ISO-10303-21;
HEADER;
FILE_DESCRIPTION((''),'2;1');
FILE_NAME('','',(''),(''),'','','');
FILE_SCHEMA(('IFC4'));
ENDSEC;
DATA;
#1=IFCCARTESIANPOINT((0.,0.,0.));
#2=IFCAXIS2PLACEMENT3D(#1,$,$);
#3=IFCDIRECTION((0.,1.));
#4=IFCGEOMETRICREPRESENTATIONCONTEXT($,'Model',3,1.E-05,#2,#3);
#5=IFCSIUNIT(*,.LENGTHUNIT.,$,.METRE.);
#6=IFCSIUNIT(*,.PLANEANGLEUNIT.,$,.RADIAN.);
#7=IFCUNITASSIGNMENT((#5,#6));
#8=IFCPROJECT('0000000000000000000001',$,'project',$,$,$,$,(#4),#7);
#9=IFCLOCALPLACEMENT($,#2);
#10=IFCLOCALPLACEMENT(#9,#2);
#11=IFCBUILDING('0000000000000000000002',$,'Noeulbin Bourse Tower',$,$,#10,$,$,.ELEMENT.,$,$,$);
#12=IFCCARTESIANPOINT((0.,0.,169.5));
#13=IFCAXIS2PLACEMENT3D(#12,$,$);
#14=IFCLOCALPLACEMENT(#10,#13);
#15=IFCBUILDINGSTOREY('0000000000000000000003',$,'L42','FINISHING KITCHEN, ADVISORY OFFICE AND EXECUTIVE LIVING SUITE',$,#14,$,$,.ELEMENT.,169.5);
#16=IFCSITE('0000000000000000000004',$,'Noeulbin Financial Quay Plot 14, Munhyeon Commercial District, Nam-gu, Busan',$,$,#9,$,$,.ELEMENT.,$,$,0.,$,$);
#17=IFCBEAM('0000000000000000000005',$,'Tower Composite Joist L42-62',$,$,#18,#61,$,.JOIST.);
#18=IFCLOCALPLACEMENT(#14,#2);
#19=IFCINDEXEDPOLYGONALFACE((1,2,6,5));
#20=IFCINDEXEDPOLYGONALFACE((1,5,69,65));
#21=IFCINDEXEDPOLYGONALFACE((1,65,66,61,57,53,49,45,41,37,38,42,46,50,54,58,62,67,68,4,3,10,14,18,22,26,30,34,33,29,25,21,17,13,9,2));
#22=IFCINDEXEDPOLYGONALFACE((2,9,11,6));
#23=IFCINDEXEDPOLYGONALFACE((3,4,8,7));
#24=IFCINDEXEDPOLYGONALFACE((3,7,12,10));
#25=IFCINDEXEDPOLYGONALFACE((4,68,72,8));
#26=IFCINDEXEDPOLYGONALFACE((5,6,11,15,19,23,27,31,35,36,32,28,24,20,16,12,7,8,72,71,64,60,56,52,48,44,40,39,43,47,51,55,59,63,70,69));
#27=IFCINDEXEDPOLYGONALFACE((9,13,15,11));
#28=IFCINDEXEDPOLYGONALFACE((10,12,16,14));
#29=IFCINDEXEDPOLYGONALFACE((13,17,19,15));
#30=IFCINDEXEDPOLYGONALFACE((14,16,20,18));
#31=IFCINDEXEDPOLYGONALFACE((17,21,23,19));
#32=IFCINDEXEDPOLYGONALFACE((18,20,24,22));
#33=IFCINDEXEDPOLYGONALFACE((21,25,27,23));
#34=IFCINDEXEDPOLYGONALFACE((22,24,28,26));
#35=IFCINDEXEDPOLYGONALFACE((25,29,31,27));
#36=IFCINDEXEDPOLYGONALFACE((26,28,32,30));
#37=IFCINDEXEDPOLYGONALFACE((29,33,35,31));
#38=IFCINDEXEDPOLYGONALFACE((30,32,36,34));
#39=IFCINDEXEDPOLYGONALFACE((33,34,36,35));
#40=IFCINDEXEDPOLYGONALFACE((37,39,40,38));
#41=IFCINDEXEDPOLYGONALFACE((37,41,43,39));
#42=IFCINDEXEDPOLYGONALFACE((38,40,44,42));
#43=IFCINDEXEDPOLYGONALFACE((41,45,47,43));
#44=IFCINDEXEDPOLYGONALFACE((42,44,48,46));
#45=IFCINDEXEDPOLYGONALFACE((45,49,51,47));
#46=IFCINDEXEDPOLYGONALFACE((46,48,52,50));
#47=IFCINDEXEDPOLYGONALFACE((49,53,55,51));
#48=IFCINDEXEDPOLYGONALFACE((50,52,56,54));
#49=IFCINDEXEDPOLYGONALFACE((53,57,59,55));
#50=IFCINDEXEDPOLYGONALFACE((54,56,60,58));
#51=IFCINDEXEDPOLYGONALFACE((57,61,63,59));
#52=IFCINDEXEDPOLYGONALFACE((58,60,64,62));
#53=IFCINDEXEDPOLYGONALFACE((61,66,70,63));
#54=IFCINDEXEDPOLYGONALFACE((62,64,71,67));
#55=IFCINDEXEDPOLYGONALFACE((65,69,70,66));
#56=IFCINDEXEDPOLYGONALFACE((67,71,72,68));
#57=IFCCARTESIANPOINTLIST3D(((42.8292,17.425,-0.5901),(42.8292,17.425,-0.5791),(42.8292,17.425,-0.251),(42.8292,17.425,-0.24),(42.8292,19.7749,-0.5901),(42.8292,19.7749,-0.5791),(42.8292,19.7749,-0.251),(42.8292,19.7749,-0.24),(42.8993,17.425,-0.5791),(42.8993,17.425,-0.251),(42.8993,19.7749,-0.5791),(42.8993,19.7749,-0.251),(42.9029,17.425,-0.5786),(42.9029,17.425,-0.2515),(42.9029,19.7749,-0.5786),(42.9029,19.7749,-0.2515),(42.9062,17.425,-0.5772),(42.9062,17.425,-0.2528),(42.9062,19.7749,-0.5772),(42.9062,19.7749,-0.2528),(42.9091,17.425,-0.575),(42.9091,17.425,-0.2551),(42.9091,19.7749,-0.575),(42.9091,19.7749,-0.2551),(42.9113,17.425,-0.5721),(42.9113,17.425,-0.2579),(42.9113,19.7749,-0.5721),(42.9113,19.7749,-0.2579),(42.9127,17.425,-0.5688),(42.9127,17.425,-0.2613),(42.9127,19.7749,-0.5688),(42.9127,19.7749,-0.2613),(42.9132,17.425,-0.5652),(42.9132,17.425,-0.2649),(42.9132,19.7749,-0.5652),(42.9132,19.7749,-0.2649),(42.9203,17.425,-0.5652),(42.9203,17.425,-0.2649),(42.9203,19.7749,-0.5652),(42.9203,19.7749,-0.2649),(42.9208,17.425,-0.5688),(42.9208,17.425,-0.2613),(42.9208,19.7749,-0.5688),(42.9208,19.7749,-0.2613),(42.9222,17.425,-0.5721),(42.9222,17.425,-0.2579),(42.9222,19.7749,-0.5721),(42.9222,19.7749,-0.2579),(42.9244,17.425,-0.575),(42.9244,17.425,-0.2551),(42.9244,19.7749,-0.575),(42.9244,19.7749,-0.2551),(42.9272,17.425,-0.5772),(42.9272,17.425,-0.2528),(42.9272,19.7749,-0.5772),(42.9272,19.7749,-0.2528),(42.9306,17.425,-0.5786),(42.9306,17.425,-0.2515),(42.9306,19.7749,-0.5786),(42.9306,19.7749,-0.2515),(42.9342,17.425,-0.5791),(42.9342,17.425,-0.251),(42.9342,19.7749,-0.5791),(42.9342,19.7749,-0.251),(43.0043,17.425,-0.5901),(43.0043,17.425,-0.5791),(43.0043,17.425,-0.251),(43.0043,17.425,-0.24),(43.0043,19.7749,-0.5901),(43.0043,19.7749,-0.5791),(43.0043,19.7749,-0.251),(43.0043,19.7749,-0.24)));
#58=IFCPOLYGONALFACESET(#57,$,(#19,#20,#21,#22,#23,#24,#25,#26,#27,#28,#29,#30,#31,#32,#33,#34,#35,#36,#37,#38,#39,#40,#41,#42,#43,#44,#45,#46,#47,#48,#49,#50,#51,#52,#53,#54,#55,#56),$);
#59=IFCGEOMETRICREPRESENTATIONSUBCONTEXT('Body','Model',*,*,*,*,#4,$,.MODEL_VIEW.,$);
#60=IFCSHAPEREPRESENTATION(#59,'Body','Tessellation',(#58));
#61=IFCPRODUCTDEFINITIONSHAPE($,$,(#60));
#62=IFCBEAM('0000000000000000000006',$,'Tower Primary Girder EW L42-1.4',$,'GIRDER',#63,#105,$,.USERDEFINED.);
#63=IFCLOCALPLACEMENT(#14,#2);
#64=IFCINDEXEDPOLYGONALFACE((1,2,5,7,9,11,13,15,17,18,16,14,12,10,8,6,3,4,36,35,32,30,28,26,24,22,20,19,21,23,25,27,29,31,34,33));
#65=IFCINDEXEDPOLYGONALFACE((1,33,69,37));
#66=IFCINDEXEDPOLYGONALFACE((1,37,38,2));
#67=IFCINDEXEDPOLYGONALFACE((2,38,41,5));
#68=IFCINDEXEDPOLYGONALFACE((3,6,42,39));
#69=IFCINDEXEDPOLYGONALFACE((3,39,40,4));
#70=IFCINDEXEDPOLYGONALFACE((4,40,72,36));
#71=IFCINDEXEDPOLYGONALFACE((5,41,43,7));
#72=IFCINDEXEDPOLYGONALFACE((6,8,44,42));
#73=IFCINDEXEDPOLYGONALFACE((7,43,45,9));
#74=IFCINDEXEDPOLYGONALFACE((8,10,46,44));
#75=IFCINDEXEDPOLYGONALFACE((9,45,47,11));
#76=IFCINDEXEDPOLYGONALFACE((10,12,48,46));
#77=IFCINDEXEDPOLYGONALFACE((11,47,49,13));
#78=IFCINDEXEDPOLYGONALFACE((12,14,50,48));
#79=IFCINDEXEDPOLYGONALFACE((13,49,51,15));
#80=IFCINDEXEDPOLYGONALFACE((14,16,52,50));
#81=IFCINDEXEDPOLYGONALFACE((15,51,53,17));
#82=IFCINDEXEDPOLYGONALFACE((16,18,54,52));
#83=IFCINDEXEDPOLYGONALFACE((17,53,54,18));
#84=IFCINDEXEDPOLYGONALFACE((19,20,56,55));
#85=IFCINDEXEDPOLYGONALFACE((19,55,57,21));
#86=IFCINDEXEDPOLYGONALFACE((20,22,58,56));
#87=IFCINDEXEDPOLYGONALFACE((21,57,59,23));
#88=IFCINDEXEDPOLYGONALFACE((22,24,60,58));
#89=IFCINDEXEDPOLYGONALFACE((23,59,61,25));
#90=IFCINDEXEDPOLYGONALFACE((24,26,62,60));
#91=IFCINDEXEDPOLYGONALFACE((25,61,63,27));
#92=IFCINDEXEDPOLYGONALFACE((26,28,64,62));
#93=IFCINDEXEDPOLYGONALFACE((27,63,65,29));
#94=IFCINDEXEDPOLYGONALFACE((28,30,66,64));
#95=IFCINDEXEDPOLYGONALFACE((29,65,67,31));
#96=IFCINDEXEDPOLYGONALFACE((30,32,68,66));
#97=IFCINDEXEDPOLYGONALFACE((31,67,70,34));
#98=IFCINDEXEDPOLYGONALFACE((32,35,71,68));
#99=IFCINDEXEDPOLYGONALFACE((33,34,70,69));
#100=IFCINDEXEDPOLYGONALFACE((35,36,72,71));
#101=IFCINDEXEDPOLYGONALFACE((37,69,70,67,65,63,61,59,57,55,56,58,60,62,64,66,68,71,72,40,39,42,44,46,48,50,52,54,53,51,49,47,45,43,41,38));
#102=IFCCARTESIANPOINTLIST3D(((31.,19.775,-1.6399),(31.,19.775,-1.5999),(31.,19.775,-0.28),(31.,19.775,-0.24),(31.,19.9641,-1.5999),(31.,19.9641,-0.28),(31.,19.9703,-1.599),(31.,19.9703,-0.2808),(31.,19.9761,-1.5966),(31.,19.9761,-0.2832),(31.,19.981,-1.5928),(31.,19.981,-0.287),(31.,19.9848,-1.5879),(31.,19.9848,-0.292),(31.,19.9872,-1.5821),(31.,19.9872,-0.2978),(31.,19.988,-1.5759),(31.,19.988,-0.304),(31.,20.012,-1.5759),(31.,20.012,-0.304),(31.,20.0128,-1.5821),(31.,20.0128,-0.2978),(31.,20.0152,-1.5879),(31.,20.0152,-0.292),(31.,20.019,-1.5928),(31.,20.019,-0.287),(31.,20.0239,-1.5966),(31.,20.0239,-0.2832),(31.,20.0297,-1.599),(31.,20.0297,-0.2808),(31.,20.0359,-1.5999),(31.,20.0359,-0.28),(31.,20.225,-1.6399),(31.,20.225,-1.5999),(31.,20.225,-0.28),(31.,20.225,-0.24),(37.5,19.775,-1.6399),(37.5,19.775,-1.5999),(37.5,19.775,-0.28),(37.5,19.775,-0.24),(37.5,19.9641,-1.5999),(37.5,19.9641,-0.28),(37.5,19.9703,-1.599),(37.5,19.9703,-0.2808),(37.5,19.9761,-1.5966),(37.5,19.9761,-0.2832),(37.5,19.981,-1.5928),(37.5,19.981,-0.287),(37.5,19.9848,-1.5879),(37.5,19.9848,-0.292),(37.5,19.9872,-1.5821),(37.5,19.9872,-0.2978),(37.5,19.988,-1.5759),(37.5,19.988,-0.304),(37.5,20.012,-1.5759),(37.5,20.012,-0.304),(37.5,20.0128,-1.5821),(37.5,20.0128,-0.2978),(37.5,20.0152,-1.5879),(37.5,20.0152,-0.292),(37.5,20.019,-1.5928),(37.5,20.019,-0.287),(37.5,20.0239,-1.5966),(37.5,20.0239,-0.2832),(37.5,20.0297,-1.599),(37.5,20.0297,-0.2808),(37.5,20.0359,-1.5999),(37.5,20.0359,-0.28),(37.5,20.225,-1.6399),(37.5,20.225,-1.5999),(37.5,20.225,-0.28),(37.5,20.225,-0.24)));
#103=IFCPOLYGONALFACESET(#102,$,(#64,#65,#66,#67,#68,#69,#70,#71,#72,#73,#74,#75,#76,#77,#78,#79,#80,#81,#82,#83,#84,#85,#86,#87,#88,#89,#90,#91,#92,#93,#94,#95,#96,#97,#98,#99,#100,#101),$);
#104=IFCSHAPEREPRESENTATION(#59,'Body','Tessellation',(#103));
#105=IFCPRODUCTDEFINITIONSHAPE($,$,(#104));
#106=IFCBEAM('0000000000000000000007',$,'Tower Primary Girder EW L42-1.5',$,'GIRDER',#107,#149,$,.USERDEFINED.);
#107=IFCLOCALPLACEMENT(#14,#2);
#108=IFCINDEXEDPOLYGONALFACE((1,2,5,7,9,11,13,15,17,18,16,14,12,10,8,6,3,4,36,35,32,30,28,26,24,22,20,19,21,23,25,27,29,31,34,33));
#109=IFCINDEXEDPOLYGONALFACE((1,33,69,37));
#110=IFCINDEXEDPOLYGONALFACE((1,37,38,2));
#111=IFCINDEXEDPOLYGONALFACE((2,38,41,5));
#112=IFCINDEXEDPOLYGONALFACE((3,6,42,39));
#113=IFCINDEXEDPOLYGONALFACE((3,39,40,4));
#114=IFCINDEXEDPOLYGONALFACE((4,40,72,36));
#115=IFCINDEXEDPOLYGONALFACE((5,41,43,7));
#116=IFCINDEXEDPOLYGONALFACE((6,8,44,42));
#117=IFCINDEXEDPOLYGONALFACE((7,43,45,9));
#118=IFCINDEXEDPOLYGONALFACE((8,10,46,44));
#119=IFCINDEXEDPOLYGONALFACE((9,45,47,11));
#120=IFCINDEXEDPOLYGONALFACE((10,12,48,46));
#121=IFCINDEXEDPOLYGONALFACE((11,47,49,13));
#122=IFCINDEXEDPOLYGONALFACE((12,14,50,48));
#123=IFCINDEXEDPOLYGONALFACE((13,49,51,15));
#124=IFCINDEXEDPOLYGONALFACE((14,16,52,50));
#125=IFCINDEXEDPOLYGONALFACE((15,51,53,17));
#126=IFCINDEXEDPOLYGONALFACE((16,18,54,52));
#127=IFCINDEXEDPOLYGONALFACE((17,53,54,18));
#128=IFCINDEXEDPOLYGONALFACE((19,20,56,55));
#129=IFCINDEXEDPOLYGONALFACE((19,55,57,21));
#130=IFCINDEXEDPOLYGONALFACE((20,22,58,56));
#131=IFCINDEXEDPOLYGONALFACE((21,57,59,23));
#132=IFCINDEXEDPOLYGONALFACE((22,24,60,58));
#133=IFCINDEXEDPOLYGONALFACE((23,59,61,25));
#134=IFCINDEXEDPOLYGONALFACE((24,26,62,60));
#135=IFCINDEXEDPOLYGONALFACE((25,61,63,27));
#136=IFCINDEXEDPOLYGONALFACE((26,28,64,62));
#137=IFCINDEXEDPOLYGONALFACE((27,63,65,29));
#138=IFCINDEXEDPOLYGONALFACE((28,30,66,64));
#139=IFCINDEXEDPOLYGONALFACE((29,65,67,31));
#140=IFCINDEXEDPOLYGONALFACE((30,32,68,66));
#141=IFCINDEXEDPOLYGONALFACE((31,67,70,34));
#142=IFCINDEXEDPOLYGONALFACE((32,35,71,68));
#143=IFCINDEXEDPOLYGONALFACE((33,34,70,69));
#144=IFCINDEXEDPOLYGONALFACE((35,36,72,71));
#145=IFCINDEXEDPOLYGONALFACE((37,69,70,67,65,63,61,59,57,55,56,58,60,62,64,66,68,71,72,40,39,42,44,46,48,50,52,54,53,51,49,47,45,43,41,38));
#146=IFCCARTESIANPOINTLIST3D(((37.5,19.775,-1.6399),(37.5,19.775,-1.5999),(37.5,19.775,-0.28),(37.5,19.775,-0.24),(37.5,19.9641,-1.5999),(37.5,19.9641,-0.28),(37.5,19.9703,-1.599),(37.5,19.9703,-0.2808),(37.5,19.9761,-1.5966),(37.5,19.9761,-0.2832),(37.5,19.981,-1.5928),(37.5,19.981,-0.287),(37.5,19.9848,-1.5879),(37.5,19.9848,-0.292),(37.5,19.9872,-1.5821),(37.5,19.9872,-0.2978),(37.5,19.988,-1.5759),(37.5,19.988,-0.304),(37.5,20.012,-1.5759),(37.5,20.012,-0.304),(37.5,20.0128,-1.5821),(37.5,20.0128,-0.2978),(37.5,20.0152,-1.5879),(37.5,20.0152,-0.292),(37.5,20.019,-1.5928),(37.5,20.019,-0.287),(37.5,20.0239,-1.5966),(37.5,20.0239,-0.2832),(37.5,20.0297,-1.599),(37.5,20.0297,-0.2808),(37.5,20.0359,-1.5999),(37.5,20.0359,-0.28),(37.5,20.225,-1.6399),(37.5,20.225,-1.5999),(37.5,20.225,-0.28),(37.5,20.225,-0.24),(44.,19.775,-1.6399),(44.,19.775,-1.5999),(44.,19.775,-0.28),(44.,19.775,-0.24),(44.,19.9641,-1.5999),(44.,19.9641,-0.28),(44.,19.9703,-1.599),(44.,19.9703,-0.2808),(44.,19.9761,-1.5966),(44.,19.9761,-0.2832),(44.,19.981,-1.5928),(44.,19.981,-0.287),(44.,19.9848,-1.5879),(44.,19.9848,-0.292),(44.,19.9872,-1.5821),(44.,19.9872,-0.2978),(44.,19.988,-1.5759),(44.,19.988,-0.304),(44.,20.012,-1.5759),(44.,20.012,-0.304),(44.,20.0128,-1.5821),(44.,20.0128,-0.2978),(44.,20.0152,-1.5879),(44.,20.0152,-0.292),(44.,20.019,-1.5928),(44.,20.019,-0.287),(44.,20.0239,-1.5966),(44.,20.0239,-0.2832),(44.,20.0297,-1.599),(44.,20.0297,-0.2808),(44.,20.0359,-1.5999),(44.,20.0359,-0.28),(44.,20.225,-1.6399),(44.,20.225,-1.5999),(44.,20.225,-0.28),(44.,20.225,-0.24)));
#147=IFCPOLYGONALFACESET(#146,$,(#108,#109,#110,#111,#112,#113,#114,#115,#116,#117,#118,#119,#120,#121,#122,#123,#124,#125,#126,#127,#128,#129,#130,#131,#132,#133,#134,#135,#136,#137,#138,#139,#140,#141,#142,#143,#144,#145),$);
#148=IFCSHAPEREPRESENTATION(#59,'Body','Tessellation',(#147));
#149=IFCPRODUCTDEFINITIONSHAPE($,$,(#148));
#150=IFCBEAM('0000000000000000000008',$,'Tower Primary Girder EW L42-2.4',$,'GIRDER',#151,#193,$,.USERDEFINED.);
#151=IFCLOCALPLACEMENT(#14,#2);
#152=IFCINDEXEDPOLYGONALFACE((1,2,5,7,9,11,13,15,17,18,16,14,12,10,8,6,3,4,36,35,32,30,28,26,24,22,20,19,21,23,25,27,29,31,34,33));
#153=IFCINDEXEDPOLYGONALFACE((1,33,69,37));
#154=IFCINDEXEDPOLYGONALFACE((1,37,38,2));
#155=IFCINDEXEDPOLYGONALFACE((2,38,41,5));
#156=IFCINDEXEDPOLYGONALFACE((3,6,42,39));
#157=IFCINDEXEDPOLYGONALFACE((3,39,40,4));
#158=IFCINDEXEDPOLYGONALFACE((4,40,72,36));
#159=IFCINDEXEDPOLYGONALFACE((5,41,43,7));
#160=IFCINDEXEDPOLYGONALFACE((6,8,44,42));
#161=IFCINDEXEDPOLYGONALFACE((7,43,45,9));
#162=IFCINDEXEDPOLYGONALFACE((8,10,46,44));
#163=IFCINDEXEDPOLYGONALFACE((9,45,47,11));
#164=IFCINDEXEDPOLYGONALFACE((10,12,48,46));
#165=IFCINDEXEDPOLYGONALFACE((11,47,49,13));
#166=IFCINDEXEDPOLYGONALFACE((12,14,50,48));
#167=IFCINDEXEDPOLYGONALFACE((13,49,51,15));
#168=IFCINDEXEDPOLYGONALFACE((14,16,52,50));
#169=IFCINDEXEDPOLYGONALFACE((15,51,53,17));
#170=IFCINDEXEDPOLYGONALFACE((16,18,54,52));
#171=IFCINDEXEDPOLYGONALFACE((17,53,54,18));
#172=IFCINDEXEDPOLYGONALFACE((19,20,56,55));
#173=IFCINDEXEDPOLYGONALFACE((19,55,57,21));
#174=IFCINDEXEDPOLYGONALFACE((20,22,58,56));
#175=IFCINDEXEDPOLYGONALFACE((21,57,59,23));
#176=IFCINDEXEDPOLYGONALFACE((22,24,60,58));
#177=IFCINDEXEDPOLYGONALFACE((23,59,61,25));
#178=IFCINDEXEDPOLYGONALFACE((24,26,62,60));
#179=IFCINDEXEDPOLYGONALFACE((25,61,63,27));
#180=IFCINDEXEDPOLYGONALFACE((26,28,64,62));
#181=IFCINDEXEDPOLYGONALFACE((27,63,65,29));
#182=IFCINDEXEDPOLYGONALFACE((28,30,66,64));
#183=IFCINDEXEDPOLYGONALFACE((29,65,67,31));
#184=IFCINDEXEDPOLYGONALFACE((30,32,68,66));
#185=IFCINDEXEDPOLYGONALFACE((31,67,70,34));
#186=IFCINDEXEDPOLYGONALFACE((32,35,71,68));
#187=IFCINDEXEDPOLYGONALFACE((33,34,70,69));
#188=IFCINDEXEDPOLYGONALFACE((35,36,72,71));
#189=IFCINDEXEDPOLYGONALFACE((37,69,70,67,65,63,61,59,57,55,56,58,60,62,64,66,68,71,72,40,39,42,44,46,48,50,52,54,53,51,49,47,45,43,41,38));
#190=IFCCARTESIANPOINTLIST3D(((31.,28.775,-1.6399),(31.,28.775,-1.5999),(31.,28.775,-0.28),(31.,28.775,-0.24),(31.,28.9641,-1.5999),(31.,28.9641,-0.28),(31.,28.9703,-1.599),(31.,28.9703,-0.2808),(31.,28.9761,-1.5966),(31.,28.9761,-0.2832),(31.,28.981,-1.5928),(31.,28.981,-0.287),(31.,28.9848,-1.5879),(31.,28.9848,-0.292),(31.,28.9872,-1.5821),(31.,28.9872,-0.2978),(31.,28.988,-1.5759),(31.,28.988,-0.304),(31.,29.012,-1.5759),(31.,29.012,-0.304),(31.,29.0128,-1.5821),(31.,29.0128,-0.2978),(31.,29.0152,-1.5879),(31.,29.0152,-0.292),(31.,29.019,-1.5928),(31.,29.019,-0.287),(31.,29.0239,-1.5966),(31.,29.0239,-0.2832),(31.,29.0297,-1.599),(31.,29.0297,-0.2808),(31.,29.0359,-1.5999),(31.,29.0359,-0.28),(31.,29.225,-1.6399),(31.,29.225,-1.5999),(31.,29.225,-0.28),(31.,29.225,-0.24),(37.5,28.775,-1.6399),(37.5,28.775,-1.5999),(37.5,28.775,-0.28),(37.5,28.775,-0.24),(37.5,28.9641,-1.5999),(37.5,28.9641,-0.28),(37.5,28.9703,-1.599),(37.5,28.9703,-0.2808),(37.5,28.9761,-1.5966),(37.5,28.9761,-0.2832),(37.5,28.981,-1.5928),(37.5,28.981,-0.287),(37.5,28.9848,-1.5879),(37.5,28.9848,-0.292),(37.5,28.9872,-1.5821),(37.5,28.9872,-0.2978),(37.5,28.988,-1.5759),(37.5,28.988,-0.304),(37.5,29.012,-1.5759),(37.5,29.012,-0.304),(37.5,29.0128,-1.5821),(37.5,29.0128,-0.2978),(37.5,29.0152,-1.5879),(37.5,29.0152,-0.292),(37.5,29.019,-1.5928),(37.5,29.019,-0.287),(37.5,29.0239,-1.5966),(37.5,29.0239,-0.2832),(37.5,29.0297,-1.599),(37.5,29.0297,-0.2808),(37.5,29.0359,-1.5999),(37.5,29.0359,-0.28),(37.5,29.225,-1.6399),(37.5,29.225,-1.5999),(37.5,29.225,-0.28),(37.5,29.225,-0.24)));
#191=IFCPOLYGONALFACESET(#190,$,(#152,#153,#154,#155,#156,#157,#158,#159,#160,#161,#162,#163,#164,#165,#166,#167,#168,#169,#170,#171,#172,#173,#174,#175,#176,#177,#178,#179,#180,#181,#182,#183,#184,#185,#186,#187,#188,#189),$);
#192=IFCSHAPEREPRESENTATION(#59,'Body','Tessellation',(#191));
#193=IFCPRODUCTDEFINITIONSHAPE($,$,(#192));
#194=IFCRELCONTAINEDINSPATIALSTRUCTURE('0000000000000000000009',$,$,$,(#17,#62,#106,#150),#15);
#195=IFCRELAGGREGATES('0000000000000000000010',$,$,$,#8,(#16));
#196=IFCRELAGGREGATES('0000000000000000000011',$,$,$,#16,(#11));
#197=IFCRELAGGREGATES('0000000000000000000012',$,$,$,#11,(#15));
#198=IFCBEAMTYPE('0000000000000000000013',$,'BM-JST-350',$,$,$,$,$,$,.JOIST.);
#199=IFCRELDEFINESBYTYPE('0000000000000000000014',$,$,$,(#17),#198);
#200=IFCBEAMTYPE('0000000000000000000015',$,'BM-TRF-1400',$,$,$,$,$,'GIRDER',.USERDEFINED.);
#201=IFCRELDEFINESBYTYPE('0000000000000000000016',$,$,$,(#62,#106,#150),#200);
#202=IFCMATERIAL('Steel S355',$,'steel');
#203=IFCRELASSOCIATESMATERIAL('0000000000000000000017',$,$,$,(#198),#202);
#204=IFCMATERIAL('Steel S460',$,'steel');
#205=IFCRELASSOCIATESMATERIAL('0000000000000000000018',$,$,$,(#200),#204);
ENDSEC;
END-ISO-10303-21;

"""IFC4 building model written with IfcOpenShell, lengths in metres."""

from ifc_helpers import new_model, si_unit, direction, frame, origin, origin_2d, place, context, subcontext, project, spatial, i_section, extrude, material, material_profile, profile_set, type_object, element, save


model = new_model("IFC4")

# Units and contexts
model_context = context("Model", 3, precision=1e-05, world=origin(), true_north=direction((0.0, 1.0)))
body_context = subcontext(model_context, "Body", "Model", "MODEL_VIEW")
ifc_project = project(units=[si_unit("LENGTHUNIT", "METRE"), si_unit("PLANEANGLEUNIT", "RADIAN")], contexts=[model_context])

# Site, building, storey
site_placement = place(None, origin())
site = spatial("IfcSite", under=ifc_project, at=site_placement, Name="Noeulbin Financial Quay Plot 14, Munhyeon Commercial District, Nam-gu, Busan", CompositionType="ELEMENT", RefElevation=0.0)
building_placement = place(site_placement, origin())
building = spatial("IfcBuilding", under=site, at=building_placement, Name="Noeulbin Bourse Tower", CompositionType="ELEMENT")
storey_placement = place(building_placement, frame((0.0, 0.0, 169.5)))
storey = spatial("IfcBuildingStorey", under=building, at=storey_placement, Name="L42", Description="FINISHING KITCHEN, ADVISORY OFFICE AND EXECUTIVE LIVING SUITE", CompositionType="ELEMENT", Elevation=169.5)

# Shared definitions
ifc_material_1 = material(Name="Steel S460", Category="steel")

# Beams
ifc_material_2 = material(Name="Steel S355", Category="steel")
ifc_material_profile_1 = material_profile(ifc_material_2, i_section(OverallWidth=0.175, OverallDepth=0.3501, WebThickness=0.0071, FlangeThickness=0.011, FilletRadius=0.0139, at=origin_2d()), Name="H-350x175x7x11", Category="LoadBearing")
ifc_profile_set_1 = profile_set([ifc_material_profile_1], Name="Steel S355")
beam_type_1 = type_object("IfcBeamType", Name="BM-JST-350", PredefinedType="JOIST", material=ifc_profile_set_1)
beam_1_placement = place(storey_placement, frame((42.9167, 17.425, -0.415), z_axis=(0.0, 1.0, 0.0), x_axis=(-1.0, 0.0, 0.0)))
element("IfcBeam", 1, at=beam_1_placement, inside=storey, type_object=beam_type_1, Name="Tower Composite Joist L42-62", PredefinedType="JOIST", context=body_context, shape_type="SweptSolid", body=[
    extrude(i_section(OverallWidth=0.175, OverallDepth=0.3501, WebThickness=0.0071, FlangeThickness=0.011, FilletRadius=0.0139, at=origin_2d()), origin(), (0.0, 0.0, 1.0), 2.3499),
])
ifc_material_profile_2 = material_profile(ifc_material_1, i_section(OverallWidth=0.45, OverallDepth=1.3999, WebThickness=0.0239, FlangeThickness=0.04, FilletRadius=0.0239, at=origin_2d()), Name="PG-1400x450x24x40", Category="LoadBearing")
ifc_profile_set_2 = profile_set([ifc_material_profile_2], Name="Steel S460")
beam_type_2 = type_object("IfcBeamType", Name="BM-TRF-1400", ElementType="GIRDER", PredefinedType="USERDEFINED", material=ifc_profile_set_2)
for number, where, z_axis, x_axis, name in (
    (2, (31.0, 20.0, -0.9399), (1.0, 0.0, 0.0), (0.0, 1.0, 0.0), "Tower Primary Girder EW L42-1.4"),
    (3, (37.5, 20.0, -0.9399), (1.0, 0.0, 0.0), (0.0, 1.0, 0.0), "Tower Primary Girder EW L42-1.5"),
    (4, (31.0, 29.0, -0.9399), (1.0, 0.0, 0.0), (0.0, 1.0, 0.0), "Tower Primary Girder EW L42-2.4"),
):
    element("IfcBeam", number, at=place(storey_placement, frame(where, z_axis=z_axis, x_axis=x_axis)), inside=storey, type_object=beam_type_2, Name=name, ObjectType="GIRDER", PredefinedType="USERDEFINED", context=body_context, shape_type="SweptSolid", body=[
        extrude(i_section(OverallWidth=0.45, OverallDepth=1.3999, WebThickness=0.0239, FlangeThickness=0.04, FilletRadius=0.0239, at=origin_2d()), origin(), (0.0, 0.0, 1.0), 6.5),
    ])

save(model, "model.ifc")
